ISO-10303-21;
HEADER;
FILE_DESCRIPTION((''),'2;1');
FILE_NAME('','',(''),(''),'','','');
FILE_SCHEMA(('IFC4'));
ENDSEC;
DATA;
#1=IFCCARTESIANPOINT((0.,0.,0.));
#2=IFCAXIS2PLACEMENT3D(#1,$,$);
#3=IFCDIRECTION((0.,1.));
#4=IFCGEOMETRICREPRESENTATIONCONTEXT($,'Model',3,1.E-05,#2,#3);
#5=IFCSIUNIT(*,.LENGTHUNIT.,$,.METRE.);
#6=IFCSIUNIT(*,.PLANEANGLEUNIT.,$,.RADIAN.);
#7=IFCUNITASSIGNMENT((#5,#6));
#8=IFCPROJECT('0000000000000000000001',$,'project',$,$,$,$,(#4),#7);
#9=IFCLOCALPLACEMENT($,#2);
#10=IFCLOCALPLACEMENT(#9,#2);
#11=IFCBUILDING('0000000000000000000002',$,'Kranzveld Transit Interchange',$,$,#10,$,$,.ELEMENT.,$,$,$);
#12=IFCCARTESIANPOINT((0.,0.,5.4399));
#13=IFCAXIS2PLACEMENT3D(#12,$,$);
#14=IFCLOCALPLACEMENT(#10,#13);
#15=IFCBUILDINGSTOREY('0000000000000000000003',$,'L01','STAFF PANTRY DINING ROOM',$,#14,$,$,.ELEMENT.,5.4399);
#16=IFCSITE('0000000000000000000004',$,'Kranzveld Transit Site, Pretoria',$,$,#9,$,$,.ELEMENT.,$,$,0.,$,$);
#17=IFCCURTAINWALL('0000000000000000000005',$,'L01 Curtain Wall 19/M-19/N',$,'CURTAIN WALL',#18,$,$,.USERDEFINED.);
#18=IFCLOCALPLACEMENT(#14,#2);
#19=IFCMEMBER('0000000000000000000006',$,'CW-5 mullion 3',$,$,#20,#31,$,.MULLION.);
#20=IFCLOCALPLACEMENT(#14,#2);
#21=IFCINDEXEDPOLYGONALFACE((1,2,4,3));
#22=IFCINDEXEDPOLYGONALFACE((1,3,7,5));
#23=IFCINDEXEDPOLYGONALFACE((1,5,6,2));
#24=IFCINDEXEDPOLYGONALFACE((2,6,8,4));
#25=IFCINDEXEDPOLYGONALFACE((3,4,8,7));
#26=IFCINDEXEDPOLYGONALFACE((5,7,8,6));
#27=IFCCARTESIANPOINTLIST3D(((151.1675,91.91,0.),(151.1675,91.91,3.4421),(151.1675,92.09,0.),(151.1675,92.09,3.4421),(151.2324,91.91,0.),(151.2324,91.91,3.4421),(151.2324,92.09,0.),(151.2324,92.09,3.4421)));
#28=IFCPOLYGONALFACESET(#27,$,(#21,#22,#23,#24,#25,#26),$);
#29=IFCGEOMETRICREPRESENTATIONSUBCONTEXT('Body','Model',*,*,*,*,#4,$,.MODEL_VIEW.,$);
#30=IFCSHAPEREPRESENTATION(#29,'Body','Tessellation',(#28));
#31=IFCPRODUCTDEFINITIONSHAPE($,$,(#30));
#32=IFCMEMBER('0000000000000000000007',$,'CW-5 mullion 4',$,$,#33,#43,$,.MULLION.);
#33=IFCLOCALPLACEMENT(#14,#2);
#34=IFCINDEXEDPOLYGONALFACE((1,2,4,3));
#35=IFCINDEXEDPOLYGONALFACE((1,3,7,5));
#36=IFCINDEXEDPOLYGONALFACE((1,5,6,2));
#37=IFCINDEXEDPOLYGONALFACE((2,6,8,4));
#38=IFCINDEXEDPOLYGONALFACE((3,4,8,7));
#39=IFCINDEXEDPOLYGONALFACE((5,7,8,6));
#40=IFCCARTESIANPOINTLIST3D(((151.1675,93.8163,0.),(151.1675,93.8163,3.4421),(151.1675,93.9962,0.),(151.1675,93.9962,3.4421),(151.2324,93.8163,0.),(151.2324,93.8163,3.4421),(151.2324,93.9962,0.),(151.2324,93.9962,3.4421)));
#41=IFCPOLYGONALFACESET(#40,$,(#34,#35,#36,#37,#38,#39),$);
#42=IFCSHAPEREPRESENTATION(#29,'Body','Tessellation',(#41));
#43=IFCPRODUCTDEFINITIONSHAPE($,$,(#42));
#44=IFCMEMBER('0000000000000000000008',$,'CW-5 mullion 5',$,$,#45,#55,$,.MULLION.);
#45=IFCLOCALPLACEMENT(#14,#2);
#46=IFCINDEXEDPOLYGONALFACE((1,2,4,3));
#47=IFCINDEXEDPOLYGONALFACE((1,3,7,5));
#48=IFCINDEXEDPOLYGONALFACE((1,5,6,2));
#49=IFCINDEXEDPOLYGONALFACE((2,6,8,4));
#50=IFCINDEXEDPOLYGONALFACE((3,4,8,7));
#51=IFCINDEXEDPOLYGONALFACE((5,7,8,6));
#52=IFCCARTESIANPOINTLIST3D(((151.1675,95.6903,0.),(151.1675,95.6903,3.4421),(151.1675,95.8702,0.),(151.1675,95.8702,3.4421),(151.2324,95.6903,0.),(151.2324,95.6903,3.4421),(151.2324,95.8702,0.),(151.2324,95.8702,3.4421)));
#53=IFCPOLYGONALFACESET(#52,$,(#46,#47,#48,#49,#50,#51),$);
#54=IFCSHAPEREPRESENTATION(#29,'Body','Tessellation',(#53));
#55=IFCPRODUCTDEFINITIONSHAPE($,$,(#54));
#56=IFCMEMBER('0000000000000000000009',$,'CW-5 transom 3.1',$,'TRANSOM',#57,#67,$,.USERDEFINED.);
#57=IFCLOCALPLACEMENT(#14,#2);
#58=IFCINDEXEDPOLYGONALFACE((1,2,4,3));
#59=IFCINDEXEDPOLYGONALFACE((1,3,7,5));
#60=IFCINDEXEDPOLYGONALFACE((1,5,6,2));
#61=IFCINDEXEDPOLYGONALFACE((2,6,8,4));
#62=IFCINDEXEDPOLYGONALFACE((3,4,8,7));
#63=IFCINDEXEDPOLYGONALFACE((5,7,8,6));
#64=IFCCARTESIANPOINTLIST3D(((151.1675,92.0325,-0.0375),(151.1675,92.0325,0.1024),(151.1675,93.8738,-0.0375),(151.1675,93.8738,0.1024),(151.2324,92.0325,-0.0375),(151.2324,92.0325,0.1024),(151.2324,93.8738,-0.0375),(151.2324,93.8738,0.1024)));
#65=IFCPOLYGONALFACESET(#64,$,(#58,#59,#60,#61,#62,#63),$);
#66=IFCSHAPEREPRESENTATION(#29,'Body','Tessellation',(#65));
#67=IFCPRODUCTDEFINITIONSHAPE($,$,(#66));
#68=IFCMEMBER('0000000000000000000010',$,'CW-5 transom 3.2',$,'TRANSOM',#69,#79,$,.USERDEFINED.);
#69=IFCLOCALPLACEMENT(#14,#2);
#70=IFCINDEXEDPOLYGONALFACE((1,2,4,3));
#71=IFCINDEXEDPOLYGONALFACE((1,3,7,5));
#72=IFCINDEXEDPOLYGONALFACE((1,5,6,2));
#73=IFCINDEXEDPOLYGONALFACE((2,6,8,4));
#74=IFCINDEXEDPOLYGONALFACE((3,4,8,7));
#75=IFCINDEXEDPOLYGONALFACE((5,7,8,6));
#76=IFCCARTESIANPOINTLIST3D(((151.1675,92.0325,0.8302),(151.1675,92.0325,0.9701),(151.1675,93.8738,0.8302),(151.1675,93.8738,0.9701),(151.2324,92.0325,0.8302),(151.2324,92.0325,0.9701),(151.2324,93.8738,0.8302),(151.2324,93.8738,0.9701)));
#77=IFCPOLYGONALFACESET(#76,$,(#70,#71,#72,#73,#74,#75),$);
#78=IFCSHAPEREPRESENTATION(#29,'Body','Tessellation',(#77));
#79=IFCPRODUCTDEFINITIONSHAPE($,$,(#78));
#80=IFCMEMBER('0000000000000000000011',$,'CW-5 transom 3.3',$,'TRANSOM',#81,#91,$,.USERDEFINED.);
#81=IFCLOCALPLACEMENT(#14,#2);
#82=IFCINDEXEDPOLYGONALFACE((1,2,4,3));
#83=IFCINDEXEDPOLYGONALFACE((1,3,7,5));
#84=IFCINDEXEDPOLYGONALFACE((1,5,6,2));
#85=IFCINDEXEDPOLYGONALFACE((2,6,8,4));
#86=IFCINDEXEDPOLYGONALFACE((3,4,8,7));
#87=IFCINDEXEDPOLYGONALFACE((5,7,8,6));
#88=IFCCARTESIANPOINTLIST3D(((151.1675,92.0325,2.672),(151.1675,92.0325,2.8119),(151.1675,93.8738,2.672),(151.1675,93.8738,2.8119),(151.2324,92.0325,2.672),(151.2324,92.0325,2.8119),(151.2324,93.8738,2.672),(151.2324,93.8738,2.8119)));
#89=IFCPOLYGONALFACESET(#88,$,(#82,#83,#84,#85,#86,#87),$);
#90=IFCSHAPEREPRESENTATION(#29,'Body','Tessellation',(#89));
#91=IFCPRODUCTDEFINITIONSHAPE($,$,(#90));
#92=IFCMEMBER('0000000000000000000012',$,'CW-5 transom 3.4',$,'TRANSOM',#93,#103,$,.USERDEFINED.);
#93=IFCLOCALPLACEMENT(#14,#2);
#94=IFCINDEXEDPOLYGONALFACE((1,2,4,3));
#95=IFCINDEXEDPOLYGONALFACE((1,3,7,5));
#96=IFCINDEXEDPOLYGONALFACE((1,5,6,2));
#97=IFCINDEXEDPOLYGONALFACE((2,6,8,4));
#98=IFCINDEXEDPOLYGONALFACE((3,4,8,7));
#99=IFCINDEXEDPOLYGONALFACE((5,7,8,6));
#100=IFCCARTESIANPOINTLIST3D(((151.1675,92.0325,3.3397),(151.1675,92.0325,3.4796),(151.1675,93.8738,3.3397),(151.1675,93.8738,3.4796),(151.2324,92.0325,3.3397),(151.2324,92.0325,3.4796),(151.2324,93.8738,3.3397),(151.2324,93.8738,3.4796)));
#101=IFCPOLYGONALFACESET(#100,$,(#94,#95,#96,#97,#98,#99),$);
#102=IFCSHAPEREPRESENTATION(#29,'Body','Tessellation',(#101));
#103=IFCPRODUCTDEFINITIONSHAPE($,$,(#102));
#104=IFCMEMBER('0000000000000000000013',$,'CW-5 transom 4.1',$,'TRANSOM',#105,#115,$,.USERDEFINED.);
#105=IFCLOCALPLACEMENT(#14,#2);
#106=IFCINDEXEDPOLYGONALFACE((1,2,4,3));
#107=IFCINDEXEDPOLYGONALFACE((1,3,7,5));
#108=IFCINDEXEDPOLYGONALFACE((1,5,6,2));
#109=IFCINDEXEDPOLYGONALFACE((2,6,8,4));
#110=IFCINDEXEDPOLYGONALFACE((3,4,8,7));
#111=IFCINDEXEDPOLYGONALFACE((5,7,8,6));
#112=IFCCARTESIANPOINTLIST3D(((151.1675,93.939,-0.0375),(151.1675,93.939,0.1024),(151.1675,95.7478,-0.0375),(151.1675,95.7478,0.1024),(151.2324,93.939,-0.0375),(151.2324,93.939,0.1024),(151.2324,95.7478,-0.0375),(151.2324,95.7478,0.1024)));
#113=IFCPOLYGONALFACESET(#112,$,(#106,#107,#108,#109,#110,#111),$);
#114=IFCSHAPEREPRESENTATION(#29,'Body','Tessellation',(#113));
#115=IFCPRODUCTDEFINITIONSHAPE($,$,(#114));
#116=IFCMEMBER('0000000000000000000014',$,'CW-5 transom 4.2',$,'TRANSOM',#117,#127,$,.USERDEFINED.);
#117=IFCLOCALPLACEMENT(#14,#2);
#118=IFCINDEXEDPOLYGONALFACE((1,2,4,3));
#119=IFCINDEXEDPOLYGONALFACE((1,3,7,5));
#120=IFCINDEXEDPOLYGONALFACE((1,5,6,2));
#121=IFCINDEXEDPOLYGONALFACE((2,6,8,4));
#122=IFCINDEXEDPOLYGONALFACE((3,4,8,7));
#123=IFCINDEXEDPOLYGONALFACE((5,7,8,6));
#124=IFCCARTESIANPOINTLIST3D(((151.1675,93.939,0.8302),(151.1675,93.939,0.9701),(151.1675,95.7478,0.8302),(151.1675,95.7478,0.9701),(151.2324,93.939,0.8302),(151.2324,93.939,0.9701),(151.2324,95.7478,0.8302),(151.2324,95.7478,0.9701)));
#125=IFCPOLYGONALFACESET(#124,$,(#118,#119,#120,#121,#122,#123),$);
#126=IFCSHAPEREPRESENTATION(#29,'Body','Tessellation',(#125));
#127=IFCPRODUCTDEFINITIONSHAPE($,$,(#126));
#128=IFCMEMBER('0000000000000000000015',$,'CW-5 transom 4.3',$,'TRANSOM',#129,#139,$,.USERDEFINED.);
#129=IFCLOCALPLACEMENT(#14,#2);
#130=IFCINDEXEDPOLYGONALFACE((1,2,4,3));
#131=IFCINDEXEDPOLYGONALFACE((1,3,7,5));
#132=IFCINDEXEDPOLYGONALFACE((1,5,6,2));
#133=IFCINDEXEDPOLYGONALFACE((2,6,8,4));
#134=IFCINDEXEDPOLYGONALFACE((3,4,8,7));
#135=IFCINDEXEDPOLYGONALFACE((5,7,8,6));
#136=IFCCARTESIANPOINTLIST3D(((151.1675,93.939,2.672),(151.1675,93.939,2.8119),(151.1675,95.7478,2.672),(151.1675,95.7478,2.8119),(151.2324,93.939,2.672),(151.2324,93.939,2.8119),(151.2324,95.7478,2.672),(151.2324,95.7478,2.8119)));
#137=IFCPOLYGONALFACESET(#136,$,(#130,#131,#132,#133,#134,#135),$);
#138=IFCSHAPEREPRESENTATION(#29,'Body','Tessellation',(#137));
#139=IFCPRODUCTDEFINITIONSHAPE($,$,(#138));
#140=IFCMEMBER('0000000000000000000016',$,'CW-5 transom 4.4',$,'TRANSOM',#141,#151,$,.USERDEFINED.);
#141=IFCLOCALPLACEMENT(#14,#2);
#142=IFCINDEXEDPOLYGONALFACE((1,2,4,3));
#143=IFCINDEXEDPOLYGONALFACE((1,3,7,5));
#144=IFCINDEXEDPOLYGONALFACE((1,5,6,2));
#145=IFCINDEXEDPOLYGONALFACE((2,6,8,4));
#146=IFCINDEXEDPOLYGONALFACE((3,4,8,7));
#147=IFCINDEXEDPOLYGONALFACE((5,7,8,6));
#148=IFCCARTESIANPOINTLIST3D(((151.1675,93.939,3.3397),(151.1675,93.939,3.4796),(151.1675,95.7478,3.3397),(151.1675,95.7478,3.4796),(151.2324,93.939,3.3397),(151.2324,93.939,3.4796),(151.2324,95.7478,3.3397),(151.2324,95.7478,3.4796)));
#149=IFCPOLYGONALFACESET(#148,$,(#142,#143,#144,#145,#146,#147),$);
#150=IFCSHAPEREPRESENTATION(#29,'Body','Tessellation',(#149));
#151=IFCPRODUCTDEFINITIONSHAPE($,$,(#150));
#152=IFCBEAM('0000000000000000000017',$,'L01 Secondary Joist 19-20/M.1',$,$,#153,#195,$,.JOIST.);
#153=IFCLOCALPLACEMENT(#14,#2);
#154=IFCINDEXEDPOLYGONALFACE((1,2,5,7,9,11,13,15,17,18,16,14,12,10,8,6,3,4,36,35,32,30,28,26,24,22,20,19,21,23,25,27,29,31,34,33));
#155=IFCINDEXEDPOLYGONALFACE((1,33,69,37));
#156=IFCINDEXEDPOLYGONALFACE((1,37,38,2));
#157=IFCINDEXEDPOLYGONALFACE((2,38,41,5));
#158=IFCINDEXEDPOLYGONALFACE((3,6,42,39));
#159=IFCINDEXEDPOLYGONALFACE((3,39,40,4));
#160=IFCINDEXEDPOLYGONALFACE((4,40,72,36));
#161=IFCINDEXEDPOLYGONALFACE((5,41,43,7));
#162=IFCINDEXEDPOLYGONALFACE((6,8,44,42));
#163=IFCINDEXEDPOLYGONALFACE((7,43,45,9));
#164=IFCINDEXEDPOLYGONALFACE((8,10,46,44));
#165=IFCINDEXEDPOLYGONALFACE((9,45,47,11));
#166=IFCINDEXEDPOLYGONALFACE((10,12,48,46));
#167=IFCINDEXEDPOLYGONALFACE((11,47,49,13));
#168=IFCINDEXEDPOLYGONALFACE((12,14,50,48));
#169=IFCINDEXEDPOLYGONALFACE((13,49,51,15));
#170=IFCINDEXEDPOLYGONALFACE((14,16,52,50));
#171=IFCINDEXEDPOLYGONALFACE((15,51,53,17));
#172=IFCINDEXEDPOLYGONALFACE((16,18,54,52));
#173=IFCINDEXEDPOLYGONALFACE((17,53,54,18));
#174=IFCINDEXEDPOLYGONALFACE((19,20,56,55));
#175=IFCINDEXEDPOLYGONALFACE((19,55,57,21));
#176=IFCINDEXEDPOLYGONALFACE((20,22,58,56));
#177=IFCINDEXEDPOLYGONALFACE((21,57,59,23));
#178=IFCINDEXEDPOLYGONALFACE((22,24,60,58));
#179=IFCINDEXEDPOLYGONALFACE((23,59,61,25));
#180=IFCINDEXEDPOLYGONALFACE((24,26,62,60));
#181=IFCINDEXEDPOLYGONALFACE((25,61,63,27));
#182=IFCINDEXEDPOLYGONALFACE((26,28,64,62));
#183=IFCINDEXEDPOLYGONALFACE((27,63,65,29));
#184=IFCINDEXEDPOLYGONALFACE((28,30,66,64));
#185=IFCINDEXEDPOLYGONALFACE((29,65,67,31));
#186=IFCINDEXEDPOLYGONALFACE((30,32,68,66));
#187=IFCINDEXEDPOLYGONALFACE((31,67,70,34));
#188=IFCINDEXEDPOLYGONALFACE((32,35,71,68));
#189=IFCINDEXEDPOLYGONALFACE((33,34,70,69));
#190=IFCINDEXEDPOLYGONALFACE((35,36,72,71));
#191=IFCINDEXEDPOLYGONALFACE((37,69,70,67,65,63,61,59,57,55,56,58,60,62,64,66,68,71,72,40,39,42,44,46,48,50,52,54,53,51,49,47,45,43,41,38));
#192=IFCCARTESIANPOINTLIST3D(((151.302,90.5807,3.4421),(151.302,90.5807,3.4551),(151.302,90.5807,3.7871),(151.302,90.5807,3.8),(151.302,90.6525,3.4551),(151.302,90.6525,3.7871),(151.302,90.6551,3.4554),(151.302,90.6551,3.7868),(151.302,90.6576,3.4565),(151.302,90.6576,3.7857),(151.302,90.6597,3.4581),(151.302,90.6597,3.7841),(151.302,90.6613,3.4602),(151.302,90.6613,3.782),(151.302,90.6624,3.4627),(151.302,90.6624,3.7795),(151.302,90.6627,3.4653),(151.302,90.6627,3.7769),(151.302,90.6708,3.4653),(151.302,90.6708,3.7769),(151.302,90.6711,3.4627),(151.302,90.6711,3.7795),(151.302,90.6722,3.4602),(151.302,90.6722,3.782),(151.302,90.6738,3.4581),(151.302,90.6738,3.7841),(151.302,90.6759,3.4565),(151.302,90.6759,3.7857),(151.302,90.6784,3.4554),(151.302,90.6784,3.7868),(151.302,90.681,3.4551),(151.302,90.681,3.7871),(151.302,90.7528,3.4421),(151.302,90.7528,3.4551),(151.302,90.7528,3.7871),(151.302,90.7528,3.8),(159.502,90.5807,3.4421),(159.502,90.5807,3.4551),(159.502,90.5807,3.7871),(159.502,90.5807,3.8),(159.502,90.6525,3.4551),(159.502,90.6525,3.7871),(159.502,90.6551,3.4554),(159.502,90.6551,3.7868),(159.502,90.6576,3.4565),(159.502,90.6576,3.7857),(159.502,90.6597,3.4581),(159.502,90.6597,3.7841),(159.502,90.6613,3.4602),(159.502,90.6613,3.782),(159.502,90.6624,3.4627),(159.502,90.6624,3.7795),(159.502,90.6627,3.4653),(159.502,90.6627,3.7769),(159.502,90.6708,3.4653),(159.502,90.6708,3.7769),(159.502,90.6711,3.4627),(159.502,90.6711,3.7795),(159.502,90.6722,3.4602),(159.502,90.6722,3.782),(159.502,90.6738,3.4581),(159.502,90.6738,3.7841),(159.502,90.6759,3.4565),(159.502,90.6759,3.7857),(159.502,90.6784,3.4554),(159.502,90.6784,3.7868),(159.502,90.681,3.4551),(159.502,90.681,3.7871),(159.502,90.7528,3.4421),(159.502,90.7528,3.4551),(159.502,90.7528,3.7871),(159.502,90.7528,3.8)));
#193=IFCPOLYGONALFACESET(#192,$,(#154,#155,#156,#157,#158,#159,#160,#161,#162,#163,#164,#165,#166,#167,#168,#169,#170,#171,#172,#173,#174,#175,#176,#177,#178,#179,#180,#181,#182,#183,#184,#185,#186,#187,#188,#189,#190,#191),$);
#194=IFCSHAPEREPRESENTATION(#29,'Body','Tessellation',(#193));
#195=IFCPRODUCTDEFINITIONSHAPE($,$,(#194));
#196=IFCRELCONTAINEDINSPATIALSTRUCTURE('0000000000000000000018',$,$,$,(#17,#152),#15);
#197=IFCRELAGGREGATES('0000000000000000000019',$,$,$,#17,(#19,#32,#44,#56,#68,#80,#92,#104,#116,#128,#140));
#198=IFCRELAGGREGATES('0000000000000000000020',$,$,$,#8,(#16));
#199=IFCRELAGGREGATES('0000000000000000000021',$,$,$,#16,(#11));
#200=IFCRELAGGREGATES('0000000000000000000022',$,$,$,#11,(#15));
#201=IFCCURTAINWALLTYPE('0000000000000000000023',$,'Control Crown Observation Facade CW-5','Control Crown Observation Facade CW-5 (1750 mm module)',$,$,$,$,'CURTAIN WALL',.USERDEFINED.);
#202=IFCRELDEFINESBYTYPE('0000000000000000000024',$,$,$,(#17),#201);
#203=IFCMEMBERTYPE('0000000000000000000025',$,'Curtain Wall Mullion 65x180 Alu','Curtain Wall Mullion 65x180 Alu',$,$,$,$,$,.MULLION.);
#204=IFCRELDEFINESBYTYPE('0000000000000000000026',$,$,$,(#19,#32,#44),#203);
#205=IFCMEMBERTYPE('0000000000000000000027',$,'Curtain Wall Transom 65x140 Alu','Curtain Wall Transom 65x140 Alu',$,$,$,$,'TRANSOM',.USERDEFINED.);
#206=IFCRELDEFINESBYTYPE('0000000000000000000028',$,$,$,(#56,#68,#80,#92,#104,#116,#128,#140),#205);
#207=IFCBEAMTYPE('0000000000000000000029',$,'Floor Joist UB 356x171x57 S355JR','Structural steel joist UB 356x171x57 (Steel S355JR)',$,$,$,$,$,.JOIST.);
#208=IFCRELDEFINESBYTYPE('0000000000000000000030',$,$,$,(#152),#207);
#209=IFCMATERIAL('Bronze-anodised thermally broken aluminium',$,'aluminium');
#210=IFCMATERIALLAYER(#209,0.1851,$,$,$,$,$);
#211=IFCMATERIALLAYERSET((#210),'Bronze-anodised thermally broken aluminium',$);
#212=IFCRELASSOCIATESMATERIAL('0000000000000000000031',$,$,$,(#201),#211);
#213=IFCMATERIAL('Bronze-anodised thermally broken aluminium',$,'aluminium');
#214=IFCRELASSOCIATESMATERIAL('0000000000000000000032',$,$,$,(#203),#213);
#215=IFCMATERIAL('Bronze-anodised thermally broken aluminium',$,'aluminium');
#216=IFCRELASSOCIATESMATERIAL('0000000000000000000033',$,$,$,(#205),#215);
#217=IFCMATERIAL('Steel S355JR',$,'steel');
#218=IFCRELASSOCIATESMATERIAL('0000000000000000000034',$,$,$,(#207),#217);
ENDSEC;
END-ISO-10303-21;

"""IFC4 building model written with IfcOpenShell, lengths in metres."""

from ifc_helpers import new_model, si_unit, direction, frame, origin, origin_2d, place, context, subcontext, project, spatial, rectangle, i_section, extrude, material, layer, layer_set, material_profile, profile_set, type_object, element, aggregate, save


model = new_model("IFC4")

# Units and contexts
model_context = context("Model", 3, precision=1e-05, world=origin(), true_north=direction((0.0, 1.0)))
body_context = subcontext(model_context, "Body", "Model", "MODEL_VIEW")
ifc_project = project(units=[si_unit("LENGTHUNIT", "METRE"), si_unit("PLANEANGLEUNIT", "RADIAN")], contexts=[model_context])

# Site, building, storey
site_placement = place(None, origin())
site = spatial("IfcSite", under=ifc_project, at=site_placement, Name="Kranzveld Transit Site, Pretoria", CompositionType="ELEMENT", RefElevation=0.0)
building_placement = place(site_placement, origin())
building = spatial("IfcBuilding", under=site, at=building_placement, Name="Kranzveld Transit Interchange", CompositionType="ELEMENT")
storey_placement = place(building_placement, frame((0.0, 0.0, 5.4399)))
storey = spatial("IfcBuildingStorey", under=building, at=storey_placement, Name="L01", Description="STAFF PANTRY DINING ROOM", CompositionType="ELEMENT", Elevation=5.4399)

# Curtain wall, members
ifc_material_1 = material(Name="Bronze-anodised thermally broken aluminium", Category="aluminium")
ifc_layer_1 = layer(ifc_material_1, 0.1851)
ifc_layer_set_1 = layer_set([ifc_layer_1], Name="Bronze-anodised thermally broken aluminium")
curtain_wall_type = type_object("IfcCurtainWallType", Name="Control Crown Observation Facade CW-5", Description="Control Crown Observation Facade CW-5 (1750 mm module)", ElementType="CURTAIN WALL", PredefinedType="USERDEFINED", material=ifc_layer_set_1)
curtain_wall_placement = place(storey_placement, origin())
curtain_wall = element("IfcCurtainWall", 1, at=curtain_wall_placement, inside=storey, type_object=curtain_wall_type, Name="L01 Curtain Wall 19/M-19/N", ObjectType="CURTAIN WALL", PredefinedType="USERDEFINED")
ifc_material_2 = material(Name="Bronze-anodised thermally broken aluminium", Category="aluminium")
ifc_material_profile_1 = material_profile(ifc_material_2, rectangle(XDim=0.0649, YDim=0.1799, at=origin_2d()), Name="ALU MULLION 65x180")
ifc_profile_set_1 = profile_set([ifc_material_profile_1], Name="Bronze-anodised thermally broken aluminium")
member_type_1 = type_object("IfcMemberType", Name="Curtain Wall Mullion 65x180 Alu", Description="Curtain Wall Mullion 65x180 Alu", PredefinedType="MULLION", material=ifc_profile_set_1)
member_1_placement = place(storey_placement, frame((151.2, 92.0, 0.0), z_axis=(0.0, 0.0, 1.0), x_axis=(-1.0, 0.0, 0.0)))
member_1 = element("IfcMember", 2, at=member_1_placement, type_object=member_type_1, Name="CW-5 mullion 3", PredefinedType="MULLION", context=body_context, shape_type="SweptSolid", body=[
    extrude(rectangle(XDim=0.0649, YDim=0.1799, at=origin_2d()), origin(), (0.0, 0.0, 1.0), 3.4421),
])
member_2_placement = place(storey_placement, frame((151.2, 93.9062, 0.0), z_axis=(0.0, 0.0, 1.0), x_axis=(-1.0, 0.0, 0.0)))
member_2 = element("IfcMember", 3, at=member_2_placement, type_object=member_type_1, Name="CW-5 mullion 4", PredefinedType="MULLION", context=body_context, shape_type="SweptSolid", body=[
    extrude(rectangle(XDim=0.0649, YDim=0.1799, at=origin_2d()), origin(), (0.0, 0.0, 1.0), 3.4421),
])
member_3_placement = place(storey_placement, frame((151.2, 95.7803, 0.0), z_axis=(0.0, 0.0, 1.0), x_axis=(-1.0, 0.0, 0.0)))
member_3 = element("IfcMember", 4, at=member_3_placement, type_object=member_type_1, Name="CW-5 mullion 5", PredefinedType="MULLION", context=body_context, shape_type="SweptSolid", body=[
    extrude(rectangle(XDim=0.0649, YDim=0.1799, at=origin_2d()), origin(), (0.0, 0.0, 1.0), 3.4421),
])
ifc_material_3 = material(Name="Bronze-anodised thermally broken aluminium", Category="aluminium")
ifc_material_profile_2 = material_profile(ifc_material_3, rectangle(XDim=0.0649, YDim=0.1399, at=origin_2d()), Name="ALU TRANSOM 65x140")
ifc_profile_set_2 = profile_set([ifc_material_profile_2], Name="Bronze-anodised thermally broken aluminium")
member_type_2 = type_object("IfcMemberType", Name="Curtain Wall Transom 65x140 Alu", Description="Curtain Wall Transom 65x140 Alu", ElementType="TRANSOM", PredefinedType="USERDEFINED", material=ifc_profile_set_2)
member_4_placement = place(storey_placement, frame((151.2, 92.0325, 0.0325), z_axis=(0.0, 1.0, 0.0), x_axis=(-1.0, 0.0, 0.0)))
member_4 = element("IfcMember", 5, at=member_4_placement, type_object=member_type_2, Name="CW-5 transom 3.1", ObjectType="TRANSOM", PredefinedType="USERDEFINED", context=body_context, shape_type="SweptSolid", body=[
    extrude(rectangle(XDim=0.0649, YDim=0.1399, at=origin_2d()), origin(), (0.0, 0.0, 1.0), 1.8413),
])
member_5_placement = place(storey_placement, frame((151.2, 92.0325, 0.9001), z_axis=(0.0, 1.0, 0.0), x_axis=(-1.0, 0.0, 0.0)))
member_5 = element("IfcMember", 6, at=member_5_placement, type_object=member_type_2, Name="CW-5 transom 3.2", ObjectType="TRANSOM", PredefinedType="USERDEFINED", context=body_context, shape_type="SweptSolid", body=[
    extrude(rectangle(XDim=0.0649, YDim=0.1399, at=origin_2d()), origin(), (0.0, 0.0, 1.0), 1.8413),
])
member_6_placement = place(storey_placement, frame((151.2, 92.0325, 2.7419), z_axis=(0.0, 1.0, 0.0), x_axis=(-1.0, 0.0, 0.0)))
member_6 = element("IfcMember", 7, at=member_6_placement, type_object=member_type_2, Name="CW-5 transom 3.3", ObjectType="TRANSOM", PredefinedType="USERDEFINED", context=body_context, shape_type="SweptSolid", body=[
    extrude(rectangle(XDim=0.0649, YDim=0.1399, at=origin_2d()), origin(), (0.0, 0.0, 1.0), 1.8413),
])
member_7_placement = place(storey_placement, frame((151.2, 92.0325, 3.4097), z_axis=(0.0, 1.0, 0.0), x_axis=(-1.0, 0.0, 0.0)))
member_7 = element("IfcMember", 8, at=member_7_placement, type_object=member_type_2, Name="CW-5 transom 3.4", ObjectType="TRANSOM", PredefinedType="USERDEFINED", context=body_context, shape_type="SweptSolid", body=[
    extrude(rectangle(XDim=0.0649, YDim=0.1399, at=origin_2d()), origin(), (0.0, 0.0, 1.0), 1.8413),
])
member_8_placement = place(storey_placement, frame((151.2, 93.939, 0.0325), z_axis=(0.0, 1.0, 0.0), x_axis=(-1.0, 0.0, 0.0)))
member_8 = element("IfcMember", 9, at=member_8_placement, type_object=member_type_2, Name="CW-5 transom 4.1", ObjectType="TRANSOM", PredefinedType="USERDEFINED", context=body_context, shape_type="SweptSolid", body=[
    extrude(rectangle(XDim=0.0649, YDim=0.1399, at=origin_2d()), origin(), (0.0, 0.0, 1.0), 1.8088),
])
member_9_placement = place(storey_placement, frame((151.2, 93.939, 0.9001), z_axis=(0.0, 1.0, 0.0), x_axis=(-1.0, 0.0, 0.0)))
member_9 = element("IfcMember", 10, at=member_9_placement, type_object=member_type_2, Name="CW-5 transom 4.2", ObjectType="TRANSOM", PredefinedType="USERDEFINED", context=body_context, shape_type="SweptSolid", body=[
    extrude(rectangle(XDim=0.0649, YDim=0.1399, at=origin_2d()), origin(), (0.0, 0.0, 1.0), 1.8088),
])
member_10_placement = place(storey_placement, frame((151.2, 93.939, 2.7419), z_axis=(0.0, 1.0, 0.0), x_axis=(-1.0, 0.0, 0.0)))
member_10 = element("IfcMember", 11, at=member_10_placement, type_object=member_type_2, Name="CW-5 transom 4.3", ObjectType="TRANSOM", PredefinedType="USERDEFINED", context=body_context, shape_type="SweptSolid", body=[
    extrude(rectangle(XDim=0.0649, YDim=0.1399, at=origin_2d()), origin(), (0.0, 0.0, 1.0), 1.8088),
])
member_11_placement = place(storey_placement, frame((151.2, 93.939, 3.4097), z_axis=(0.0, 1.0, 0.0), x_axis=(-1.0, 0.0, 0.0)))
member_11 = element("IfcMember", 12, at=member_11_placement, type_object=member_type_2, Name="CW-5 transom 4.4", ObjectType="TRANSOM", PredefinedType="USERDEFINED", context=body_context, shape_type="SweptSolid", body=[
    extrude(rectangle(XDim=0.0649, YDim=0.1399, at=origin_2d()), origin(), (0.0, 0.0, 1.0), 1.8088),
])

# Beam
ifc_material_4 = material(Name="Steel S355JR", Category="steel")
ifc_material_profile_3 = material_profile(ifc_material_4, i_section(OverallWidth=0.1721, OverallDepth=0.3579, WebThickness=0.0081, FlangeThickness=0.0129, FilletRadius=0.0103, at=origin_2d()), Name="UB 356x171x57")
ifc_profile_set_3 = profile_set([ifc_material_profile_3], Name="Steel S355JR")
beam_type_1 = type_object("IfcBeamType", Name="Floor Joist UB 356x171x57 S355JR", Description="Structural steel joist UB 356x171x57 (Steel S355JR)", PredefinedType="JOIST", material=ifc_profile_set_3)
for number, where, z_axis, x_axis, name in (
    (13, (151.302, 90.6667, 3.6211), (1.0, 0.0, 0.0), (0.0, 1.0, 0.0), "L01 Secondary Joist 19-20/M.1"),
):
    element("IfcBeam", number, at=place(storey_placement, frame(where, z_axis=z_axis, x_axis=x_axis)), inside=storey, type_object=beam_type_1, Name=name, PredefinedType="JOIST", context=body_context, shape_type="SweptSolid", body=[
        extrude(i_section(OverallWidth=0.1721, OverallDepth=0.3579, WebThickness=0.0081, FlangeThickness=0.0129, FilletRadius=0.0103, at=origin_2d()), origin(), (0.0, 0.0, 1.0), 8.2),
    ])

aggregate(curtain_wall, [member_1, member_2, member_3, member_4, member_5, member_6, member_7, member_8, member_9, member_10, member_11])

save(model, "model.ifc")
